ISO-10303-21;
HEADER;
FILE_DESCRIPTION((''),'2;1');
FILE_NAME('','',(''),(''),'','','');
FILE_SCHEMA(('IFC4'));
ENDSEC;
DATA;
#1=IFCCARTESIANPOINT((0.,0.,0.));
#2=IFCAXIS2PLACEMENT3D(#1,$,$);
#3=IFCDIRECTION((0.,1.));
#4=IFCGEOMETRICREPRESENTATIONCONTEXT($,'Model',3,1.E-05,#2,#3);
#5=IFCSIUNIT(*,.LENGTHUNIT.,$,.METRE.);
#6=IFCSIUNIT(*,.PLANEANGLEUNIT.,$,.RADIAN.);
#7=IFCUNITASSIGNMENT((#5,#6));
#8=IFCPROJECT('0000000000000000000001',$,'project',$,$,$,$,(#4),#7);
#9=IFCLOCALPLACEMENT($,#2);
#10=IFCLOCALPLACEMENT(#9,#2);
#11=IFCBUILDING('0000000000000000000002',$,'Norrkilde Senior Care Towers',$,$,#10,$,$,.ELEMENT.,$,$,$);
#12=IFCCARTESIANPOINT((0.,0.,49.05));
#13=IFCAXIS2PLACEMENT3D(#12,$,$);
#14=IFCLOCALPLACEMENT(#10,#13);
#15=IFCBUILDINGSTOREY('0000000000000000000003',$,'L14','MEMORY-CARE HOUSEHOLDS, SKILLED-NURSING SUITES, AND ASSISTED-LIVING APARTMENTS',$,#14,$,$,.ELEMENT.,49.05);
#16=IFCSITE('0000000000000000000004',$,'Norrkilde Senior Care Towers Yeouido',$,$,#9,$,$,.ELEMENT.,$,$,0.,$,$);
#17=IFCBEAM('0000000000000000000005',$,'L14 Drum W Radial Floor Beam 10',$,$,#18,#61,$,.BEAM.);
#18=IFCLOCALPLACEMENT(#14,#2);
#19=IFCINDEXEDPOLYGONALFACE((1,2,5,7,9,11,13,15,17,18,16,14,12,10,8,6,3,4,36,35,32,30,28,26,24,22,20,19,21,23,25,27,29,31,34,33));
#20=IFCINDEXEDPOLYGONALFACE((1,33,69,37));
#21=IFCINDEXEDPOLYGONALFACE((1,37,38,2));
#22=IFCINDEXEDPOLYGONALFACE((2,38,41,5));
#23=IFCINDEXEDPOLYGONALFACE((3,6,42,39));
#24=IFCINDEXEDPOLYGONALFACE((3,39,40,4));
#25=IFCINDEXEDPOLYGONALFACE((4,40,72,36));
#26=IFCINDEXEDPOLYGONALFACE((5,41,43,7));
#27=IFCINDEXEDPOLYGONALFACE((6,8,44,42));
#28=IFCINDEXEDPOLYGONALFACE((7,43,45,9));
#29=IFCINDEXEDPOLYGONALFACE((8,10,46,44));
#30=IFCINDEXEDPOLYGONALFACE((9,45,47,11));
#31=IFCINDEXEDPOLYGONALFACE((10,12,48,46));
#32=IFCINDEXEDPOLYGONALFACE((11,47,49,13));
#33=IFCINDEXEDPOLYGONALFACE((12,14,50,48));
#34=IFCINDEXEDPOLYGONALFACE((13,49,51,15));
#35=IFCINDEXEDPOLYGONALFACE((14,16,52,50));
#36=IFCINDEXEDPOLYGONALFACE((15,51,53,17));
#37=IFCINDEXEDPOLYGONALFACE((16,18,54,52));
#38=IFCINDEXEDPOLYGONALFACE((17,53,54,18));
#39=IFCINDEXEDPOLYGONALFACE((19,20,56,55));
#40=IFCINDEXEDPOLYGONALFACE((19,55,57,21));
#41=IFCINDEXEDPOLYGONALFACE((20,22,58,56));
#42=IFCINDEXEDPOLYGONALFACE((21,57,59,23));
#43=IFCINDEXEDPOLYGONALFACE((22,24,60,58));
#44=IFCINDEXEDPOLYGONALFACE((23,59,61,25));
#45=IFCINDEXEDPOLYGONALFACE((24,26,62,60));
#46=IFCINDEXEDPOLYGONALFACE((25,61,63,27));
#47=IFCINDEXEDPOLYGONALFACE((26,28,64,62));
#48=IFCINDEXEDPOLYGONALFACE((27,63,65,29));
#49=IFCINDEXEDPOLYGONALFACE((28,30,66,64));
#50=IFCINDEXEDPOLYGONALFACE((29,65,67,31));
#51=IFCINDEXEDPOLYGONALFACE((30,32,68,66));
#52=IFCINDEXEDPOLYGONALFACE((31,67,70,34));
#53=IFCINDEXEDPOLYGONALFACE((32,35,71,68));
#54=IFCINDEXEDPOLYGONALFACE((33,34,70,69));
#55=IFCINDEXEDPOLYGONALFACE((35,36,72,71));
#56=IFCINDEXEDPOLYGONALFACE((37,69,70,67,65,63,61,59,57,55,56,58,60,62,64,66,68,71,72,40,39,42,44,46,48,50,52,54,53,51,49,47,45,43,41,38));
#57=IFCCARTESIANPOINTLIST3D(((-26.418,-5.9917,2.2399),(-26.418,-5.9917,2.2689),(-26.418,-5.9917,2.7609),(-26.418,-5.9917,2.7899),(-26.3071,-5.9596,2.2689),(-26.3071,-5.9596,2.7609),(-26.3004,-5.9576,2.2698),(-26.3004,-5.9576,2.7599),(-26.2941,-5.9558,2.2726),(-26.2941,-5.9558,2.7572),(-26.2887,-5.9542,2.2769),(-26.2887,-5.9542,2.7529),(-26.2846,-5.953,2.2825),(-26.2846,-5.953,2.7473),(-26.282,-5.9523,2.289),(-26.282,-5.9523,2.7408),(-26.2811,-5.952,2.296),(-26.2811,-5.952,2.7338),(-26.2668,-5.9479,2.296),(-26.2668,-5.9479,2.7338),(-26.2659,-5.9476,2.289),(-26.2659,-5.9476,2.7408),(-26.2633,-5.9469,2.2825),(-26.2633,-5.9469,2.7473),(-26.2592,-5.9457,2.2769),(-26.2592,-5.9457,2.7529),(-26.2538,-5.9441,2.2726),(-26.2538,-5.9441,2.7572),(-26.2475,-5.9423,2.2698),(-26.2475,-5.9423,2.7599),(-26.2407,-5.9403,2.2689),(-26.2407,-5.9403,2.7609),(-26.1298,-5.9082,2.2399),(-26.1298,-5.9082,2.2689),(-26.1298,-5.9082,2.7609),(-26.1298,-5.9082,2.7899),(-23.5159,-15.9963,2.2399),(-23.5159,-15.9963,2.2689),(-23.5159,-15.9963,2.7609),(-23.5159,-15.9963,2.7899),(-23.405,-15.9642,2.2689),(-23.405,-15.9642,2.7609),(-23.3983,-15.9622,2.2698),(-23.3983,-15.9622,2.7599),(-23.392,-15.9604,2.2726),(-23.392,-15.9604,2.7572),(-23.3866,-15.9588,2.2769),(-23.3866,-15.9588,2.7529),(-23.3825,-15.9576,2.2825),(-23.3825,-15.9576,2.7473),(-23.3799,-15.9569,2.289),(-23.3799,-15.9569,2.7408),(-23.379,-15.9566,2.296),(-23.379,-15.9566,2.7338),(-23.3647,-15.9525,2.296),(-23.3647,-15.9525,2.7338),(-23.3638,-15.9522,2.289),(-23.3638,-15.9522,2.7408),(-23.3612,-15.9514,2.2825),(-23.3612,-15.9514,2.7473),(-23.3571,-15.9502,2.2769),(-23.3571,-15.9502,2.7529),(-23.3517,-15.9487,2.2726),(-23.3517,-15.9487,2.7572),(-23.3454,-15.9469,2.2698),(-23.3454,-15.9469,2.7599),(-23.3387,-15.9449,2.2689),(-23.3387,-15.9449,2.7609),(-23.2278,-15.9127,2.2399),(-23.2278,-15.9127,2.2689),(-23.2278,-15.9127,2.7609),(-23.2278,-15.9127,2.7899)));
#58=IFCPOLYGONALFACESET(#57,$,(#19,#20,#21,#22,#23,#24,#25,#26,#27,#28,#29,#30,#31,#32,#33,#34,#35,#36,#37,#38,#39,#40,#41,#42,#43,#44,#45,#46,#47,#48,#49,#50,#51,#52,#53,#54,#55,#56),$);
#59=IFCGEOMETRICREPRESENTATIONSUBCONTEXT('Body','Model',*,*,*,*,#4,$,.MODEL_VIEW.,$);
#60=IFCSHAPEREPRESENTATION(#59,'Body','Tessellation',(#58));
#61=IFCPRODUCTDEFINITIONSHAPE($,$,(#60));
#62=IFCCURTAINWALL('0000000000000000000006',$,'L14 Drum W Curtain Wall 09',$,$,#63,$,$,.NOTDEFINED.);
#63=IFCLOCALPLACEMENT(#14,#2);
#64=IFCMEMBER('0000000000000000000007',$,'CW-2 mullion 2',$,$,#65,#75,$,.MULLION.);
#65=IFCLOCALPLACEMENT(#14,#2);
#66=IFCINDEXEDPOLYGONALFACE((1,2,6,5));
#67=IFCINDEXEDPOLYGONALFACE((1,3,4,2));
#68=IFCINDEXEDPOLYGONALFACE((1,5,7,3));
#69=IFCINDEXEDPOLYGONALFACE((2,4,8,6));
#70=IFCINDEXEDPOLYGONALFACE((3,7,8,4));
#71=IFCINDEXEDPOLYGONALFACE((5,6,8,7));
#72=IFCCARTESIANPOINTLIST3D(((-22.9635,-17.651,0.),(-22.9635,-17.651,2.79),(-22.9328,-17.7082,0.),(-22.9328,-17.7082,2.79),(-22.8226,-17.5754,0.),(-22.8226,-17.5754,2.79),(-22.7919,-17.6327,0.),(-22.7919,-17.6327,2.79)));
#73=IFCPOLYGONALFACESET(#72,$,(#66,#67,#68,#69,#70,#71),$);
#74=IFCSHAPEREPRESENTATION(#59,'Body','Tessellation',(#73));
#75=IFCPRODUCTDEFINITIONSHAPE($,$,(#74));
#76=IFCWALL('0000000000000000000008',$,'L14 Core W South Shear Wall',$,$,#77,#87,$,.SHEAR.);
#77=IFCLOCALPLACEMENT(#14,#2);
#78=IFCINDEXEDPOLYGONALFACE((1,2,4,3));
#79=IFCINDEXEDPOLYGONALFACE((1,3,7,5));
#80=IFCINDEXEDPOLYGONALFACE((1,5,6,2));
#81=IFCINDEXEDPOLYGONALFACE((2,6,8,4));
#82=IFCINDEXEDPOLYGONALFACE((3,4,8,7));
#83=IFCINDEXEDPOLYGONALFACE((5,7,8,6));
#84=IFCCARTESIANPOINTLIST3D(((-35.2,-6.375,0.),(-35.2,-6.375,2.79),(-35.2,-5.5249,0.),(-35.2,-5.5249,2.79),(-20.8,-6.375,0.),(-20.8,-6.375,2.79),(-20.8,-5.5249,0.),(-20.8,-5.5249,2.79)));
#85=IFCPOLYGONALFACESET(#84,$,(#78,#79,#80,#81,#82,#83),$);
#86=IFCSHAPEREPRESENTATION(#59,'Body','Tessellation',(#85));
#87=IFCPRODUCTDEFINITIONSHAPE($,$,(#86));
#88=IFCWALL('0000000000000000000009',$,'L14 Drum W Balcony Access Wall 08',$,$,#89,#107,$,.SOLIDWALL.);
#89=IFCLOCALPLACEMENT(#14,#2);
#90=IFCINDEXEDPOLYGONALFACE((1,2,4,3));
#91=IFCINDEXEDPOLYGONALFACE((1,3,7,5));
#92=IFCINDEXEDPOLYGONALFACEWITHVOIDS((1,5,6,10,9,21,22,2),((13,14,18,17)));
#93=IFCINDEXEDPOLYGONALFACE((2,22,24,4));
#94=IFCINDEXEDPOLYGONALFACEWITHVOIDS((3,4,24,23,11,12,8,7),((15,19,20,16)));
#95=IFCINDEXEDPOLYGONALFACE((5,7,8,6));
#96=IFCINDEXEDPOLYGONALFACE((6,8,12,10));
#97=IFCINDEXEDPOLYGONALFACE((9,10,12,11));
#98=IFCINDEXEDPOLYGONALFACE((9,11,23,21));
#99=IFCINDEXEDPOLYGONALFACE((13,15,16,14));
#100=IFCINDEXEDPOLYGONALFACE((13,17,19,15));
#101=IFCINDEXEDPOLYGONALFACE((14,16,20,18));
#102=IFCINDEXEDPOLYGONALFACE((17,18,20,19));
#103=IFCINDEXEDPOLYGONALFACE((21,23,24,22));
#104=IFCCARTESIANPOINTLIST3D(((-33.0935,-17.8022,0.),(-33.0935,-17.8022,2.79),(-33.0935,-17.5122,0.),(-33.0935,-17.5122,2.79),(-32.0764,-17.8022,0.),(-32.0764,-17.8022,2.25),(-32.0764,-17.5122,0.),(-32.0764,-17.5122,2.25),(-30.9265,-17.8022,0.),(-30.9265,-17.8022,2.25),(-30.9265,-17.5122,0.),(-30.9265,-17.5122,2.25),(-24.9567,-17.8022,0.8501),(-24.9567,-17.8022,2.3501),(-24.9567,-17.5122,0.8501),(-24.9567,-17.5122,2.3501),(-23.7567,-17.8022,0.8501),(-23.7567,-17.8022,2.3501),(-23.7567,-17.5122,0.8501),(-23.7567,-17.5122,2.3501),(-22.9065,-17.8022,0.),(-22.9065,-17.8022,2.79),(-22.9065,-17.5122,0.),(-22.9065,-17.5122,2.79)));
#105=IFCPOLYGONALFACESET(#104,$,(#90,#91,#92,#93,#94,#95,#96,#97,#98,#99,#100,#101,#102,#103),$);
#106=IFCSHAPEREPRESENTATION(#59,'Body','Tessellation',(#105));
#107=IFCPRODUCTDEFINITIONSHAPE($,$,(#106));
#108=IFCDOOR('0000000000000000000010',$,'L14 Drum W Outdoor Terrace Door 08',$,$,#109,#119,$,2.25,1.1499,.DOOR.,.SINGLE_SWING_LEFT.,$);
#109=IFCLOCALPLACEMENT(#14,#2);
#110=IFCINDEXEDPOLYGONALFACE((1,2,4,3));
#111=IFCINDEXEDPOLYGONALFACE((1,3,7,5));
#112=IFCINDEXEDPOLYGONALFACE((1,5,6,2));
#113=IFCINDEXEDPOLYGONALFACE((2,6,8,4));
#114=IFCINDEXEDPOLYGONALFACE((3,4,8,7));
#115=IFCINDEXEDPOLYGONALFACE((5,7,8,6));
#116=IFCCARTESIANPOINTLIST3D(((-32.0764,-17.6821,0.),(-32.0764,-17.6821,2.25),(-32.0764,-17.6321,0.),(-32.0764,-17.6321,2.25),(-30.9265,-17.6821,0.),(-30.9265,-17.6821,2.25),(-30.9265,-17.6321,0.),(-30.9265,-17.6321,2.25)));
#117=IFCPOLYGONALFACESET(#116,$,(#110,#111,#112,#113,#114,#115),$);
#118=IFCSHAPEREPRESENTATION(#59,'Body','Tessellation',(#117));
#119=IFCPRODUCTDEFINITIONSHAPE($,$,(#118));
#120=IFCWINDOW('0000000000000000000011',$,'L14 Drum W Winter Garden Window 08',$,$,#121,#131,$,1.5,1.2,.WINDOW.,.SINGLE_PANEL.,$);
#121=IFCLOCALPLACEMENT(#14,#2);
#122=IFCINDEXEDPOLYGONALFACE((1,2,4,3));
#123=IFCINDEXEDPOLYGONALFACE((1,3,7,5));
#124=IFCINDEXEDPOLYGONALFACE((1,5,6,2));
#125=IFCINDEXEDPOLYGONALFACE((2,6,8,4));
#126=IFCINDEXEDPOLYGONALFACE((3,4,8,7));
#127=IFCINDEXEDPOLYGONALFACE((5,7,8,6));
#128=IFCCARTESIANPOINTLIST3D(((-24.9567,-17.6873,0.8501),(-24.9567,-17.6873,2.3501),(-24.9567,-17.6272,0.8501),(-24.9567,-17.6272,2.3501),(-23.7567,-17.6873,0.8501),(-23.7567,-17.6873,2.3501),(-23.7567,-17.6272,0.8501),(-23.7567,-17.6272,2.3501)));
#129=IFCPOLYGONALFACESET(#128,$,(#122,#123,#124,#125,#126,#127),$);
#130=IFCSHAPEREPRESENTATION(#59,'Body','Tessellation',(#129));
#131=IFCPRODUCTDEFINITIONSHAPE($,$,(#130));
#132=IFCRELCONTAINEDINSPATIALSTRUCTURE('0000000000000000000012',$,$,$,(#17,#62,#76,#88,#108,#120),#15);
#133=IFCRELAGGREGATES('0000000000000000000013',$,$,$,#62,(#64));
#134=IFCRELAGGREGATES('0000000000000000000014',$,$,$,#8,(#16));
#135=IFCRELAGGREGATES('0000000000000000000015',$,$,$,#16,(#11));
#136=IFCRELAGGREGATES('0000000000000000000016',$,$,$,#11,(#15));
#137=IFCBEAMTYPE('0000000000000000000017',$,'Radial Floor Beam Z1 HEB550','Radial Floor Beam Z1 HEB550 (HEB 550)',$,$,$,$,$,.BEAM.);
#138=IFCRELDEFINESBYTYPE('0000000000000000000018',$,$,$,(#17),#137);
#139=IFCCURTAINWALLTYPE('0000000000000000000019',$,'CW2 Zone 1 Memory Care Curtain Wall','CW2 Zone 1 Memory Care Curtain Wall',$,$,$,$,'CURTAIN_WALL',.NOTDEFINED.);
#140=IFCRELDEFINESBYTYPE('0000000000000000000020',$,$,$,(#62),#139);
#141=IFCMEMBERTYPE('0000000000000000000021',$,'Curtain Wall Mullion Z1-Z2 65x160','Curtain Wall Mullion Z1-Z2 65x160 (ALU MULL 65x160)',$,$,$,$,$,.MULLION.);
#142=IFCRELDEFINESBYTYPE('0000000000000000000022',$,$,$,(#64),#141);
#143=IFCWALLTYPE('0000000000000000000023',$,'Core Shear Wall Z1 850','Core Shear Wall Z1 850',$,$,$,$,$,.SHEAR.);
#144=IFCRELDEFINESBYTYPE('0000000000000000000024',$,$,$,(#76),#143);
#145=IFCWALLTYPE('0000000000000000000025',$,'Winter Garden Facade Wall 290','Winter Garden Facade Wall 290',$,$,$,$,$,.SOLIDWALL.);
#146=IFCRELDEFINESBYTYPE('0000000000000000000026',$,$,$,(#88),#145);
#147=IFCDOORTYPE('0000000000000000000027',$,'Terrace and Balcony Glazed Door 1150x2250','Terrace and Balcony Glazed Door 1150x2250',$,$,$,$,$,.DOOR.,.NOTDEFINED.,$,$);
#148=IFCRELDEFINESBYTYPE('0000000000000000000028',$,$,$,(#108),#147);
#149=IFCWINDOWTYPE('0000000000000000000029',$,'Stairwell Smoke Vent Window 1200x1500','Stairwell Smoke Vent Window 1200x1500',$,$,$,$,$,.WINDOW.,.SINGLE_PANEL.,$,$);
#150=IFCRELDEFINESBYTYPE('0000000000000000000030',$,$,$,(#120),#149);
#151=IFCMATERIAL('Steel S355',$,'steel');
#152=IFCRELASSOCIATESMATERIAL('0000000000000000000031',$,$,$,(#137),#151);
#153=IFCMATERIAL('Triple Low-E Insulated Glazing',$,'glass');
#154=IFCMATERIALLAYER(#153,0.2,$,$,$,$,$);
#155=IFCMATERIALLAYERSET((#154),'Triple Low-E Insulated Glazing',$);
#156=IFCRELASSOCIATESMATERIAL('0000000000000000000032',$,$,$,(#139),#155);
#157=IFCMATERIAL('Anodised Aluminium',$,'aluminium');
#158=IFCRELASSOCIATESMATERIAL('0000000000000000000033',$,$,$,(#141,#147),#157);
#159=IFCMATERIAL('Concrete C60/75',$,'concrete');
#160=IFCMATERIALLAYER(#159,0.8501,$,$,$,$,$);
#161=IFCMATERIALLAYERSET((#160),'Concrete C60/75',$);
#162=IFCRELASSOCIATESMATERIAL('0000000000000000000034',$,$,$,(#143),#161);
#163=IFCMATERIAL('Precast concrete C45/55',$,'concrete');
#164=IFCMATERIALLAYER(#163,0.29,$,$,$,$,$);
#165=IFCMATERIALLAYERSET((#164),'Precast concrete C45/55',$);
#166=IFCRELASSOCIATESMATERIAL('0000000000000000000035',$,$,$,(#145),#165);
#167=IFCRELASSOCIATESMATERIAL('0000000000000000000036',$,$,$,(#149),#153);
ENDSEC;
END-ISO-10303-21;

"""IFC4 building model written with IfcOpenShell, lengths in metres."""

from ifc_helpers import new_model, si_unit, direction, frame, frame_2d, origin, origin_2d, place, context, subcontext, project, spatial, rectangle, i_section, extrude, source, transform, mapped, material, layer, layer_set, material_profile, profile_set, type_object, type_shapes, element, fill, aggregate, save


model = new_model("IFC4")

# Units and contexts
model_context = context("Model", 3, precision=1e-05, world=origin(), true_north=direction((0.0, 1.0)))
body_context = subcontext(model_context, "Body", "Model", "MODEL_VIEW")
ifc_project = project(units=[si_unit("LENGTHUNIT", "METRE"), si_unit("PLANEANGLEUNIT", "RADIAN")], contexts=[model_context])

# Site, building, storey
site_placement = place(None, origin())
site = spatial("IfcSite", under=ifc_project, at=site_placement, Name="Norrkilde Senior Care Towers Yeouido", CompositionType="ELEMENT", RefElevation=0.0)
building_placement = place(site_placement, origin())
building = spatial("IfcBuilding", under=site, at=building_placement, Name="Norrkilde Senior Care Towers", CompositionType="ELEMENT")
storey_placement = place(building_placement, frame((0.0, 0.0, 49.05)))
storey = spatial("IfcBuildingStorey", under=building, at=storey_placement, Name="L14", Description="MEMORY-CARE HOUSEHOLDS, SKILLED-NURSING SUITES, AND ASSISTED-LIVING APARTMENTS", CompositionType="ELEMENT", Elevation=49.05)

# Shared definitions
ifc_material_1 = material(Name="Concrete C60/75", Category="concrete")

# Beam
ifc_material_2 = material(Name="Steel S355", Category="steel")
ifc_material_profile_1 = material_profile(ifc_material_2, i_section(OverallWidth=0.3, OverallDepth=0.55, WebThickness=0.0149, FlangeThickness=0.0291, FilletRadius=0.0271, at=origin_2d()), Name="HEB 550")
ifc_profile_set_1 = profile_set([ifc_material_profile_1], Name="Steel S355")
beam_type_1 = type_object("IfcBeamType", Name="Radial Floor Beam Z1 HEB550", Description="Radial Floor Beam Z1 HEB550 (HEB 550)", PredefinedType="BEAM", material=ifc_profile_set_1)
shared_shape_1 = source(origin(), body_context, "Body", "SweptSolid", [
    extrude(i_section(OverallWidth=0.3, OverallDepth=0.55, WebThickness=0.0149, FlangeThickness=0.0291, FilletRadius=0.0271, at=origin_2d()), origin(), (0.0, 0.0, 1.0), 10.417),
])
beam_1_placement = place(storey_placement, frame((-26.2739, -5.95, 2.5149), z_axis=(0.278591, -0.96041, 0.0), x_axis=(0.96041, 0.278591, 0.0)))
element("IfcBeam", 1, at=beam_1_placement, inside=storey, type_object=beam_type_1, Name="L14 Drum W Radial Floor Beam 10", PredefinedType="BEAM", context=body_context, shape_type="MappedRepresentation", body=[
    mapped(shared_shape_1, transform((0.0, 0.0, 0.0), x_axis=(1.0, 0.0, 0.0), y_axis=(0.0, 1.0, 0.0), z_axis=(0.0, 0.0, 1.0), scale=1.0)),
])

# Curtain wall, member
ifc_material_3 = material(Name="Triple Low-E Insulated Glazing", Category="glass")
ifc_layer_1 = layer(ifc_material_3, 0.2)
ifc_layer_set_1 = layer_set([ifc_layer_1], Name="Triple Low-E Insulated Glazing")
curtain_wall_type = type_object("IfcCurtainWallType", Name="CW2 Zone 1 Memory Care Curtain Wall", Description="CW2 Zone 1 Memory Care Curtain Wall", ElementType="CURTAIN_WALL", PredefinedType="NOTDEFINED", material=ifc_layer_set_1)
curtain_wall_placement = place(storey_placement, origin())
curtain_wall = element("IfcCurtainWall", 2, at=curtain_wall_placement, inside=storey, type_object=curtain_wall_type, Name="L14 Drum W Curtain Wall 09", PredefinedType="NOTDEFINED")
ifc_material_4 = material(Name="Anodised Aluminium", Category="aluminium")
ifc_material_profile_2 = material_profile(ifc_material_4, rectangle(XDim=0.0649, YDim=0.1599, at=origin_2d()), Name="ALU MULL 65x160")
ifc_profile_set_2 = profile_set([ifc_material_profile_2], Name="Anodised Aluminium")
member_type = type_object("IfcMemberType", Name="Curtain Wall Mullion Z1-Z2 65x160", Description="Curtain Wall Mullion Z1-Z2 65x160 (ALU MULL 65x160)", PredefinedType="MULLION", material=ifc_profile_set_2)
shared_shape_2 = source(origin(), body_context, "Body", "SweptSolid", [
    extrude(rectangle(XDim=0.0649, YDim=0.1599, at=origin_2d()), origin(), (0.0, 0.0, 1.0), 2.79),
])
type_shapes(member_type, [shared_shape_2])
member_placement = place(storey_placement, frame((-22.8777, -17.6418, 0.0), z_axis=(0.0, 0.0, 1.0), x_axis=(0.472608, -0.881273, 0.0)))
member = element("IfcMember", 3, at=member_placement, type_object=member_type, Name="CW-2 mullion 2", PredefinedType="MULLION", context=body_context, shape_type="MappedRepresentation", body=[
    mapped(shared_shape_2, transform((0.0, 0.0, 0.0), x_axis=(1.0, 0.0, 0.0), y_axis=(0.0, 1.0, 0.0), z_axis=(0.0, 0.0, 1.0), scale=1.0)),
])
aggregate(curtain_wall, [member])

# Wall
ifc_layer_2 = layer(ifc_material_1, 0.8501)
ifc_layer_set_2 = layer_set([ifc_layer_2], Name="Concrete C60/75")
wall_type_1 = type_object("IfcWallType", Name="Core Shear Wall Z1 850", Description="Core Shear Wall Z1 850", PredefinedType="SHEAR", material=ifc_layer_set_2)
shared_shape_3 = source(origin(), body_context, "Body", "SweptSolid", [
    extrude(rectangle(XDim=14.3999, YDim=0.8501, at=frame_2d((7.2, 0.0))), origin(), (0.0, 0.0, 1.0), 2.79),
])
type_shapes(wall_type_1, [shared_shape_3])
wall_1_placement = place(storey_placement, frame((-20.8, -5.95, 0.0), z_axis=(0.0, 0.0, 1.0), x_axis=(-1.0, 0.0, 0.0)))
element("IfcWall", 4, at=wall_1_placement, inside=storey, type_object=wall_type_1, Name="L14 Core W South Shear Wall", PredefinedType="SHEAR", context=body_context, shape_type="MappedRepresentation", body=[
    mapped(shared_shape_3, transform((0.0, 0.0, 0.0), x_axis=(1.0, 0.0, 0.0), y_axis=(0.0, 1.0, 0.0), z_axis=(0.0, 0.0, 1.0), scale=1.0)),
])

# Wall, openings, door, window
ifc_material_5 = material(Name="Precast concrete C45/55", Category="concrete")
ifc_layer_3 = layer(ifc_material_5, 0.29)
ifc_layer_set_3 = layer_set([ifc_layer_3], Name="Precast concrete C45/55")
wall_type_2 = type_object("IfcWallType", Name="Winter Garden Facade Wall 290", Description="Winter Garden Facade Wall 290", PredefinedType="SOLIDWALL", material=ifc_layer_set_3)
shared_shape_4 = source(origin(), body_context, "Body", "SweptSolid", [
    extrude(rectangle(XDim=10.187, YDim=0.29, at=frame_2d((5.0935, 0.0))), origin(), (0.0, 0.0, 1.0), 2.79),
])
type_shapes(wall_type_2, [shared_shape_4])
wall_2_placement = place(storey_placement, frame((-22.9065, -17.6572, 0.0), z_axis=(0.0, 0.0, 1.0), x_axis=(-1.0, 0.0, 0.0)))
wall_2 = element("IfcWall", 5, at=wall_2_placement, inside=storey, type_object=wall_type_2, Name="L14 Drum W Balcony Access Wall 08", PredefinedType="SOLIDWALL", context=body_context, shape_type="MappedRepresentation", body=[
    mapped(shared_shape_4, transform((0.0, 0.0, 0.0), x_axis=(1.0, 0.0, 0.0), y_axis=(0.0, 1.0, 0.0), z_axis=(0.0, 0.0, 1.0), scale=1.0)),
])
opening_1_placement = place(wall_2_placement, frame((8.02, 0.0, 0.0)))
opening_1 = element("IfcOpeningElement", 6, at=opening_1_placement, cuts=wall_2, PredefinedType="OPENING", context=body_context, shape_type="SweptSolid", body=[
    extrude(rectangle(XDim=1.1499, YDim=2.25, at=frame_2d((0.575, 1.125))), frame((0.0, 0.155, 0.0), z_axis=(0.0, -1.0, 0.0), x_axis=(1.0, 0.0, 0.0)), (0.0, 0.0, 1.0), 0.3101),
])
opening_2_placement = place(wall_2_placement, frame((0.8501, 0.0, 0.8501)))
opening_2 = element("IfcOpeningElement", 7, at=opening_2_placement, cuts=wall_2, PredefinedType="OPENING", context=body_context, shape_type="SweptSolid", body=[
    extrude(rectangle(XDim=1.2, YDim=1.5, at=frame_2d((0.6001, 0.75))), frame((0.0, 0.155, 0.0), z_axis=(0.0, -1.0, 0.0), x_axis=(1.0, 0.0, 0.0)), (0.0, 0.0, 1.0), 0.3101),
])
door_type_1 = type_object("IfcDoorType", Name="Terrace and Balcony Glazed Door 1150x2250", Description="Terrace and Balcony Glazed Door 1150x2250", OperationType="NOTDEFINED", PredefinedType="DOOR", material=ifc_material_4)
shared_shape_5 = source(origin(), body_context, "Body", "SweptSolid", [
    extrude(rectangle(XDim=1.1499, YDim=2.25, at=frame_2d((0.575, 1.125))), frame((0.0, 0.0249, 0.0), z_axis=(0.0, -1.0, 0.0), x_axis=(1.0, 0.0, 0.0)), (0.0, 0.0, 1.0), 0.05),
])
type_shapes(door_type_1, [shared_shape_5])
door_1_placement = place(opening_1_placement, origin())
door_1 = element("IfcDoor", 8, at=door_1_placement, inside=storey, type_object=door_type_1, Name="L14 Drum W Outdoor Terrace Door 08", OperationType="SINGLE_SWING_LEFT", OverallHeight=2.25, OverallWidth=1.1499, PredefinedType="DOOR", context=body_context, shape_type="MappedRepresentation", body=[
    mapped(shared_shape_5, transform((0.0, 0.0, 0.0), x_axis=(1.0, 0.0, 0.0), y_axis=(0.0, 1.0, 0.0), z_axis=(0.0, 0.0, 1.0), scale=1.0)),
])
fill(opening_1, door_1)
window_type = type_object("IfcWindowType", Name="Stairwell Smoke Vent Window 1200x1500", Description="Stairwell Smoke Vent Window 1200x1500", PartitioningType="SINGLE_PANEL", PredefinedType="WINDOW", material=ifc_material_3)
shared_shape_6 = source(origin(), body_context, "Body", "SweptSolid", [
    extrude(rectangle(XDim=1.2, YDim=1.5, at=frame_2d((0.6001, 0.75))), frame((0.0, 0.03, 0.0), z_axis=(0.0, -1.0, 0.0), x_axis=(1.0, 0.0, 0.0)), (0.0, 0.0, 1.0), 0.0601),
])
type_shapes(window_type, [shared_shape_6])
window_placement = place(opening_2_placement, origin())
window = element("IfcWindow", 9, at=window_placement, inside=storey, type_object=window_type, Name="L14 Drum W Winter Garden Window 08", OverallHeight=1.5, OverallWidth=1.2, PartitioningType="SINGLE_PANEL", PredefinedType="WINDOW", context=body_context, shape_type="MappedRepresentation", body=[
    mapped(shared_shape_6, transform((0.0, 0.0, 0.0), x_axis=(1.0, 0.0, 0.0), y_axis=(0.0, 1.0, 0.0), z_axis=(0.0, 0.0, 1.0), scale=1.0)),
])
fill(opening_2, window)

save(model, "model.ifc")
